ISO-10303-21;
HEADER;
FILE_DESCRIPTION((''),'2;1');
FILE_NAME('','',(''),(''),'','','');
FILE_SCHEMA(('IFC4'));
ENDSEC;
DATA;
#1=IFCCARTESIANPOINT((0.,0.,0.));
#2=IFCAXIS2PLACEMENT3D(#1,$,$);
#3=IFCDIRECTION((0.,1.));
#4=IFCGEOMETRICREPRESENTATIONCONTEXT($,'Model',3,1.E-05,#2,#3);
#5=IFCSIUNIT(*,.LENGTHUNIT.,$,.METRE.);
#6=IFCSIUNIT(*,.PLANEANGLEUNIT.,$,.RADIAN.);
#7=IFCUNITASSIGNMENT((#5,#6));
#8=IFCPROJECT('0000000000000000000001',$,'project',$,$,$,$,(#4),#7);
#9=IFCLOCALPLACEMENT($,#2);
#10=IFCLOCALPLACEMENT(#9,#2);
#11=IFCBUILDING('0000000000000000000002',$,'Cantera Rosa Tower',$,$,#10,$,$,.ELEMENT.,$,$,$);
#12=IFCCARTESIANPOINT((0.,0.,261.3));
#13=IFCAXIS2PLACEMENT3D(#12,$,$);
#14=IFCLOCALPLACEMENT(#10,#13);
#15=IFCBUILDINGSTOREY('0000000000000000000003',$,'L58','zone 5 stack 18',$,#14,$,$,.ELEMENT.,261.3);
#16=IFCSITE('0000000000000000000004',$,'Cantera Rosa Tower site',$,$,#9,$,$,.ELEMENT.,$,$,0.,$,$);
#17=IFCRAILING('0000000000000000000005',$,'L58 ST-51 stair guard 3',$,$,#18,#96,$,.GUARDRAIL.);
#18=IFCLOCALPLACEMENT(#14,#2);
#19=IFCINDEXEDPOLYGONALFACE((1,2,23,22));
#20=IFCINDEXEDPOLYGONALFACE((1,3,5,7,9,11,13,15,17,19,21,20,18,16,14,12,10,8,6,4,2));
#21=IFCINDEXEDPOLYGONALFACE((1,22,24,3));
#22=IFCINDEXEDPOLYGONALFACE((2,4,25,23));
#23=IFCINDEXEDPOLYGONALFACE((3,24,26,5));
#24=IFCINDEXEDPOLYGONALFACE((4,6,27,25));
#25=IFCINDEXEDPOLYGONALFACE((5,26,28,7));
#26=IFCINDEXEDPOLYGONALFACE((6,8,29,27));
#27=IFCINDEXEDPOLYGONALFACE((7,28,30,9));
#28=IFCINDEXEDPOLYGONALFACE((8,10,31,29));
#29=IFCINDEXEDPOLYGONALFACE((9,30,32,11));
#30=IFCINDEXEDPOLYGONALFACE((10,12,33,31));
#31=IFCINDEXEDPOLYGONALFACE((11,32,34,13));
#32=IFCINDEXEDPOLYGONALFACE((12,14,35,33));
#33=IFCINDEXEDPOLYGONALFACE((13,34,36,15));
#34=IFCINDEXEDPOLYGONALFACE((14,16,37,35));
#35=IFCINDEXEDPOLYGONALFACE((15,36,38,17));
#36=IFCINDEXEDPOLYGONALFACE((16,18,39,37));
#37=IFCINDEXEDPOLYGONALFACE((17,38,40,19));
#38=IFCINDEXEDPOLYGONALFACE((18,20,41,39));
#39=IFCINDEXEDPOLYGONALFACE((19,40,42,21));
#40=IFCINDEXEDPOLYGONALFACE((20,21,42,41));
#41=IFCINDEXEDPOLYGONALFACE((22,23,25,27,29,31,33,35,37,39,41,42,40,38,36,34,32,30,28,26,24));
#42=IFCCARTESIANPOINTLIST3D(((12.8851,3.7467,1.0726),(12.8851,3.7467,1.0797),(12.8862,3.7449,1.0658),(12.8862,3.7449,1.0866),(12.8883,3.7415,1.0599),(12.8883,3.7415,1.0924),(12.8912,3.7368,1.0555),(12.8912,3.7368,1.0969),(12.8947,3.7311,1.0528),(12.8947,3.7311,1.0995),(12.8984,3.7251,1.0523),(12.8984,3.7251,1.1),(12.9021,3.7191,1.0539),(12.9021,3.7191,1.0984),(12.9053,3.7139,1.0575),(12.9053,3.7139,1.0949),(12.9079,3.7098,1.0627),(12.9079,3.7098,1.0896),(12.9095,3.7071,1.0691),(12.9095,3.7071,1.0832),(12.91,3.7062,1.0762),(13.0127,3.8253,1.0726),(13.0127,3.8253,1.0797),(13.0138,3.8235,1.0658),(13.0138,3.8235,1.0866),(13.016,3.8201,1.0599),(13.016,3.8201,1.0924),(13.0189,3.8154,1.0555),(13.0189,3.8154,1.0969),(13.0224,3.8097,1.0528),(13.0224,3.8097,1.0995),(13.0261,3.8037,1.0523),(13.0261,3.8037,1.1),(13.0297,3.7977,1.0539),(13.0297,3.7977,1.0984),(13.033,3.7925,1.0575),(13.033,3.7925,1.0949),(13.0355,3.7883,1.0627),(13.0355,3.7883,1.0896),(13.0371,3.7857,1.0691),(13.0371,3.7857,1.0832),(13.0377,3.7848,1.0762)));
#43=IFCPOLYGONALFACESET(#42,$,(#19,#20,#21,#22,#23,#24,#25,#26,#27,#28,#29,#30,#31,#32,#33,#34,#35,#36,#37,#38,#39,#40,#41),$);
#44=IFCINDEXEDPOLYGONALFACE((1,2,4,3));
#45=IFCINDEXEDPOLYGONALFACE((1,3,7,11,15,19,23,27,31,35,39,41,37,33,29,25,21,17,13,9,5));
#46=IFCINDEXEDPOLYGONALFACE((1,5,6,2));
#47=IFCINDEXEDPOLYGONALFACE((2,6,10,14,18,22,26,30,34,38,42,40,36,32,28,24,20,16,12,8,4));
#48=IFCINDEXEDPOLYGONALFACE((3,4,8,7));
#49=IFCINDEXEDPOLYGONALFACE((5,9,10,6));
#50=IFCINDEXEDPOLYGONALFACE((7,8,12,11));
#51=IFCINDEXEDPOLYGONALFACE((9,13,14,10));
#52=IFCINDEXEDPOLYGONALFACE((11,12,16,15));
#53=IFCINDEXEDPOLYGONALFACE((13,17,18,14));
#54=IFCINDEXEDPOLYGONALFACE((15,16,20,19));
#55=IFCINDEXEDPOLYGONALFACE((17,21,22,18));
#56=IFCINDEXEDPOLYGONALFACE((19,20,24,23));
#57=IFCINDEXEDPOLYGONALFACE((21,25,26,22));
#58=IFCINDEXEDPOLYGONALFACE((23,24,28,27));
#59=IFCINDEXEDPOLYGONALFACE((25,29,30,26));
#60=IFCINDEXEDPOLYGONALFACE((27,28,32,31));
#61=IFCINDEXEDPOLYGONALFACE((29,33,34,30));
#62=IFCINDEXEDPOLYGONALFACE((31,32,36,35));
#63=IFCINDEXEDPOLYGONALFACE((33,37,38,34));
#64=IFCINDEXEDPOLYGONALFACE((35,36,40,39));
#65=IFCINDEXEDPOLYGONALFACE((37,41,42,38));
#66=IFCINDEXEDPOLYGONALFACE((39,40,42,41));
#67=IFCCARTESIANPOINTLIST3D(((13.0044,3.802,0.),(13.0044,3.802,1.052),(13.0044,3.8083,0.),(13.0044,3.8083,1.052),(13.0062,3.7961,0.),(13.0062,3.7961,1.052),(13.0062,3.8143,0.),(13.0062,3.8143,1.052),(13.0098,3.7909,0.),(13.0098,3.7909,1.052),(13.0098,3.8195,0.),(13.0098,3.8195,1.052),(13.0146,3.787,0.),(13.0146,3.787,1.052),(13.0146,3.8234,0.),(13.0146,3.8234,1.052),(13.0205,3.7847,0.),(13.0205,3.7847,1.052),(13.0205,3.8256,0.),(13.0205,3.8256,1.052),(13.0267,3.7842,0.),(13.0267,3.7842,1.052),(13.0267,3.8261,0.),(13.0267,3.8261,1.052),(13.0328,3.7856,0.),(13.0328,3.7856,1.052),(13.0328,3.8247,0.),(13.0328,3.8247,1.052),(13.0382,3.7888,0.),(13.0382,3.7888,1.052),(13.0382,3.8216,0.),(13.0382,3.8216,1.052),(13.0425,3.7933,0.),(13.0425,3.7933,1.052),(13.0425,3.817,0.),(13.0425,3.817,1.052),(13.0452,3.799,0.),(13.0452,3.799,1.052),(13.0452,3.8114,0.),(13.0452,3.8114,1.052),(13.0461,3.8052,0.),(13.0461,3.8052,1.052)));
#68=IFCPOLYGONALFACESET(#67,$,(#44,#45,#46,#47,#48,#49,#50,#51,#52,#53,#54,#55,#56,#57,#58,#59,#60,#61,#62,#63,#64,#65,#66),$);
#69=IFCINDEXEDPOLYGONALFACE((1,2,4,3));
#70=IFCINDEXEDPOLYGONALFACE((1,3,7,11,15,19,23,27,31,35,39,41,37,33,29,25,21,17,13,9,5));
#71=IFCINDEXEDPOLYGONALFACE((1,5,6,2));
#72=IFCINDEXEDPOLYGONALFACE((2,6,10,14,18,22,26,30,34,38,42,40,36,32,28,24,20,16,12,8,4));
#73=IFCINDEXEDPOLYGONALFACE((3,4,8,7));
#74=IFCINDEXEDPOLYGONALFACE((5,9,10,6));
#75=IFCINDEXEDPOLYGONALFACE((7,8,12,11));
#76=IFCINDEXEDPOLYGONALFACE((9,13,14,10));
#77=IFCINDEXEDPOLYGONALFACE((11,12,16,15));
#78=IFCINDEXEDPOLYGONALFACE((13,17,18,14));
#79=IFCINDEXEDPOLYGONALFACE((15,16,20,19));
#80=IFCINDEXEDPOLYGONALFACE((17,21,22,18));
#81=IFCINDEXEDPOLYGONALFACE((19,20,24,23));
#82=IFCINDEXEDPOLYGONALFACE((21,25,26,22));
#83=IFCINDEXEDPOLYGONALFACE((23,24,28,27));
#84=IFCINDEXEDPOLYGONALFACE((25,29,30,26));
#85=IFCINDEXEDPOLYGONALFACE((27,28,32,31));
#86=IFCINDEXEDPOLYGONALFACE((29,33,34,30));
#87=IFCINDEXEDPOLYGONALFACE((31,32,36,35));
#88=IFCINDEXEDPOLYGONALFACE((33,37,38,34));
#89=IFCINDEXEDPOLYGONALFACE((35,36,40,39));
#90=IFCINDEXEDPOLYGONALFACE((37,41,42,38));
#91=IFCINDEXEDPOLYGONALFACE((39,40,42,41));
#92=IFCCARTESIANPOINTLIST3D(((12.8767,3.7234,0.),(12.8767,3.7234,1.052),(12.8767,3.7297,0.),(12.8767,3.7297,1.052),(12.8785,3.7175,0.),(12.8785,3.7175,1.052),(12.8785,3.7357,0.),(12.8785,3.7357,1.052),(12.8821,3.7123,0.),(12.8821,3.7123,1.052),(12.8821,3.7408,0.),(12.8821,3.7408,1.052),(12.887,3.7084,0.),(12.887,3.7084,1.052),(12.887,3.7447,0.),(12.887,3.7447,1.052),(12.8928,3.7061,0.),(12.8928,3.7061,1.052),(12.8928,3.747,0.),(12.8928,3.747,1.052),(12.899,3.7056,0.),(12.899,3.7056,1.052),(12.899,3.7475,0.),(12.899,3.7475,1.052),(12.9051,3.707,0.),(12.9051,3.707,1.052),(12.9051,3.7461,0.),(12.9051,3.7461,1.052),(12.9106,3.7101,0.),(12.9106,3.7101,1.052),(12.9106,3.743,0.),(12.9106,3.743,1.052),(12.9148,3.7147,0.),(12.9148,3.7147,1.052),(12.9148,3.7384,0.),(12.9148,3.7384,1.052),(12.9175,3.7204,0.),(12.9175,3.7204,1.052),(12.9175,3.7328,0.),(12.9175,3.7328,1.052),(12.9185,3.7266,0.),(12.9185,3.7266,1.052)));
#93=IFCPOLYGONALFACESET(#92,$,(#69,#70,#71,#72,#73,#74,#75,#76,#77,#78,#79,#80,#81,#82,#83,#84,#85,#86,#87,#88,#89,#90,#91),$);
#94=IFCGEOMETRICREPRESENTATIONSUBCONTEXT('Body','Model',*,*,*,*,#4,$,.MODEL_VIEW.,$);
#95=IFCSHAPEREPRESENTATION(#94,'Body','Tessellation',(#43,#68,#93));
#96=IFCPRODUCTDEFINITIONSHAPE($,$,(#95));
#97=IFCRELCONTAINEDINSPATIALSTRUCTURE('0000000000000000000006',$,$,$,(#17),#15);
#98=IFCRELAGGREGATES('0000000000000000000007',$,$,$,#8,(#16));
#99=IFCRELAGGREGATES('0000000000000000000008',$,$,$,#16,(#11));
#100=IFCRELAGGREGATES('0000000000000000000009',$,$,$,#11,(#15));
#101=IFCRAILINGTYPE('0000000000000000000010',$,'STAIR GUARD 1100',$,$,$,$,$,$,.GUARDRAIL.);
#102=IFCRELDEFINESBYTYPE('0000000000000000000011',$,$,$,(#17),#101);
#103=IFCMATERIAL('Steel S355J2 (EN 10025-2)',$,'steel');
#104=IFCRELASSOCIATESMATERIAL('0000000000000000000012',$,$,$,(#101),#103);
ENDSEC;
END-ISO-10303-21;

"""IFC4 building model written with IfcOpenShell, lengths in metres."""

from ifc_helpers import new_model, si_unit, direction, frame, origin, origin_2d, place, context, subcontext, project, spatial, circle, extrude, material, type_object, element, save


model = new_model("IFC4")

# Units and contexts
model_context = context("Model", 3, precision=1e-05, world=origin(), true_north=direction((0.0, 1.0)))
body_context = subcontext(model_context, "Body", "Model", "MODEL_VIEW")
ifc_project = project(units=[si_unit("LENGTHUNIT", "METRE"), si_unit("PLANEANGLEUNIT", "RADIAN")], contexts=[model_context])

# Site, building, storey
site_placement = place(None, origin())
site = spatial("IfcSite", under=ifc_project, at=site_placement, Name="Cantera Rosa Tower site", CompositionType="ELEMENT", RefElevation=0.0)
building_placement = place(site_placement, origin())
building = spatial("IfcBuilding", under=site, at=building_placement, Name="Cantera Rosa Tower", CompositionType="ELEMENT")
storey_placement = place(building_placement, frame((0.0, 0.0, 261.3)))
storey = spatial("IfcBuildingStorey", under=building, at=storey_placement, Name="L58", Description="zone 5 stack 18", CompositionType="ELEMENT", Elevation=261.3)

# Railing
ifc_material_1 = material(Name="Steel S355J2 (EN 10025-2)", Category="steel")
railing_type_1 = type_object("IfcRailingType", Name="STAIR GUARD 1100", PredefinedType="GUARDRAIL", material=ifc_material_1)
railing_1_placement = place(storey_placement, frame((13.0251, 3.8052, 0.0)))
element("IfcRailing", 1, at=railing_1_placement, inside=storey, type_object=railing_type_1, Name="L58 ST-51 stair guard 3", PredefinedType="GUARDRAIL", context=body_context, shape_type="SweptSolid", body=[
    extrude(circle(Radius=0.0239, at=origin_2d()), frame((0.0, 0.0, 1.0762), z_axis=(-0.851546, -0.524279, 0.0), x_axis=(0.524279, -0.851546, 0.0)), (0.0, 0.0, 1.0), 0.1499),
    extrude(circle(Radius=0.021, at=origin_2d()), origin(), (0.0, 0.0, 1.0), 1.052),
    extrude(circle(Radius=0.021, at=origin_2d()), frame((-0.1277, -0.0786, 0.0)), (0.0, 0.0, 1.0), 1.052),
])

save(model, "model.ifc")
